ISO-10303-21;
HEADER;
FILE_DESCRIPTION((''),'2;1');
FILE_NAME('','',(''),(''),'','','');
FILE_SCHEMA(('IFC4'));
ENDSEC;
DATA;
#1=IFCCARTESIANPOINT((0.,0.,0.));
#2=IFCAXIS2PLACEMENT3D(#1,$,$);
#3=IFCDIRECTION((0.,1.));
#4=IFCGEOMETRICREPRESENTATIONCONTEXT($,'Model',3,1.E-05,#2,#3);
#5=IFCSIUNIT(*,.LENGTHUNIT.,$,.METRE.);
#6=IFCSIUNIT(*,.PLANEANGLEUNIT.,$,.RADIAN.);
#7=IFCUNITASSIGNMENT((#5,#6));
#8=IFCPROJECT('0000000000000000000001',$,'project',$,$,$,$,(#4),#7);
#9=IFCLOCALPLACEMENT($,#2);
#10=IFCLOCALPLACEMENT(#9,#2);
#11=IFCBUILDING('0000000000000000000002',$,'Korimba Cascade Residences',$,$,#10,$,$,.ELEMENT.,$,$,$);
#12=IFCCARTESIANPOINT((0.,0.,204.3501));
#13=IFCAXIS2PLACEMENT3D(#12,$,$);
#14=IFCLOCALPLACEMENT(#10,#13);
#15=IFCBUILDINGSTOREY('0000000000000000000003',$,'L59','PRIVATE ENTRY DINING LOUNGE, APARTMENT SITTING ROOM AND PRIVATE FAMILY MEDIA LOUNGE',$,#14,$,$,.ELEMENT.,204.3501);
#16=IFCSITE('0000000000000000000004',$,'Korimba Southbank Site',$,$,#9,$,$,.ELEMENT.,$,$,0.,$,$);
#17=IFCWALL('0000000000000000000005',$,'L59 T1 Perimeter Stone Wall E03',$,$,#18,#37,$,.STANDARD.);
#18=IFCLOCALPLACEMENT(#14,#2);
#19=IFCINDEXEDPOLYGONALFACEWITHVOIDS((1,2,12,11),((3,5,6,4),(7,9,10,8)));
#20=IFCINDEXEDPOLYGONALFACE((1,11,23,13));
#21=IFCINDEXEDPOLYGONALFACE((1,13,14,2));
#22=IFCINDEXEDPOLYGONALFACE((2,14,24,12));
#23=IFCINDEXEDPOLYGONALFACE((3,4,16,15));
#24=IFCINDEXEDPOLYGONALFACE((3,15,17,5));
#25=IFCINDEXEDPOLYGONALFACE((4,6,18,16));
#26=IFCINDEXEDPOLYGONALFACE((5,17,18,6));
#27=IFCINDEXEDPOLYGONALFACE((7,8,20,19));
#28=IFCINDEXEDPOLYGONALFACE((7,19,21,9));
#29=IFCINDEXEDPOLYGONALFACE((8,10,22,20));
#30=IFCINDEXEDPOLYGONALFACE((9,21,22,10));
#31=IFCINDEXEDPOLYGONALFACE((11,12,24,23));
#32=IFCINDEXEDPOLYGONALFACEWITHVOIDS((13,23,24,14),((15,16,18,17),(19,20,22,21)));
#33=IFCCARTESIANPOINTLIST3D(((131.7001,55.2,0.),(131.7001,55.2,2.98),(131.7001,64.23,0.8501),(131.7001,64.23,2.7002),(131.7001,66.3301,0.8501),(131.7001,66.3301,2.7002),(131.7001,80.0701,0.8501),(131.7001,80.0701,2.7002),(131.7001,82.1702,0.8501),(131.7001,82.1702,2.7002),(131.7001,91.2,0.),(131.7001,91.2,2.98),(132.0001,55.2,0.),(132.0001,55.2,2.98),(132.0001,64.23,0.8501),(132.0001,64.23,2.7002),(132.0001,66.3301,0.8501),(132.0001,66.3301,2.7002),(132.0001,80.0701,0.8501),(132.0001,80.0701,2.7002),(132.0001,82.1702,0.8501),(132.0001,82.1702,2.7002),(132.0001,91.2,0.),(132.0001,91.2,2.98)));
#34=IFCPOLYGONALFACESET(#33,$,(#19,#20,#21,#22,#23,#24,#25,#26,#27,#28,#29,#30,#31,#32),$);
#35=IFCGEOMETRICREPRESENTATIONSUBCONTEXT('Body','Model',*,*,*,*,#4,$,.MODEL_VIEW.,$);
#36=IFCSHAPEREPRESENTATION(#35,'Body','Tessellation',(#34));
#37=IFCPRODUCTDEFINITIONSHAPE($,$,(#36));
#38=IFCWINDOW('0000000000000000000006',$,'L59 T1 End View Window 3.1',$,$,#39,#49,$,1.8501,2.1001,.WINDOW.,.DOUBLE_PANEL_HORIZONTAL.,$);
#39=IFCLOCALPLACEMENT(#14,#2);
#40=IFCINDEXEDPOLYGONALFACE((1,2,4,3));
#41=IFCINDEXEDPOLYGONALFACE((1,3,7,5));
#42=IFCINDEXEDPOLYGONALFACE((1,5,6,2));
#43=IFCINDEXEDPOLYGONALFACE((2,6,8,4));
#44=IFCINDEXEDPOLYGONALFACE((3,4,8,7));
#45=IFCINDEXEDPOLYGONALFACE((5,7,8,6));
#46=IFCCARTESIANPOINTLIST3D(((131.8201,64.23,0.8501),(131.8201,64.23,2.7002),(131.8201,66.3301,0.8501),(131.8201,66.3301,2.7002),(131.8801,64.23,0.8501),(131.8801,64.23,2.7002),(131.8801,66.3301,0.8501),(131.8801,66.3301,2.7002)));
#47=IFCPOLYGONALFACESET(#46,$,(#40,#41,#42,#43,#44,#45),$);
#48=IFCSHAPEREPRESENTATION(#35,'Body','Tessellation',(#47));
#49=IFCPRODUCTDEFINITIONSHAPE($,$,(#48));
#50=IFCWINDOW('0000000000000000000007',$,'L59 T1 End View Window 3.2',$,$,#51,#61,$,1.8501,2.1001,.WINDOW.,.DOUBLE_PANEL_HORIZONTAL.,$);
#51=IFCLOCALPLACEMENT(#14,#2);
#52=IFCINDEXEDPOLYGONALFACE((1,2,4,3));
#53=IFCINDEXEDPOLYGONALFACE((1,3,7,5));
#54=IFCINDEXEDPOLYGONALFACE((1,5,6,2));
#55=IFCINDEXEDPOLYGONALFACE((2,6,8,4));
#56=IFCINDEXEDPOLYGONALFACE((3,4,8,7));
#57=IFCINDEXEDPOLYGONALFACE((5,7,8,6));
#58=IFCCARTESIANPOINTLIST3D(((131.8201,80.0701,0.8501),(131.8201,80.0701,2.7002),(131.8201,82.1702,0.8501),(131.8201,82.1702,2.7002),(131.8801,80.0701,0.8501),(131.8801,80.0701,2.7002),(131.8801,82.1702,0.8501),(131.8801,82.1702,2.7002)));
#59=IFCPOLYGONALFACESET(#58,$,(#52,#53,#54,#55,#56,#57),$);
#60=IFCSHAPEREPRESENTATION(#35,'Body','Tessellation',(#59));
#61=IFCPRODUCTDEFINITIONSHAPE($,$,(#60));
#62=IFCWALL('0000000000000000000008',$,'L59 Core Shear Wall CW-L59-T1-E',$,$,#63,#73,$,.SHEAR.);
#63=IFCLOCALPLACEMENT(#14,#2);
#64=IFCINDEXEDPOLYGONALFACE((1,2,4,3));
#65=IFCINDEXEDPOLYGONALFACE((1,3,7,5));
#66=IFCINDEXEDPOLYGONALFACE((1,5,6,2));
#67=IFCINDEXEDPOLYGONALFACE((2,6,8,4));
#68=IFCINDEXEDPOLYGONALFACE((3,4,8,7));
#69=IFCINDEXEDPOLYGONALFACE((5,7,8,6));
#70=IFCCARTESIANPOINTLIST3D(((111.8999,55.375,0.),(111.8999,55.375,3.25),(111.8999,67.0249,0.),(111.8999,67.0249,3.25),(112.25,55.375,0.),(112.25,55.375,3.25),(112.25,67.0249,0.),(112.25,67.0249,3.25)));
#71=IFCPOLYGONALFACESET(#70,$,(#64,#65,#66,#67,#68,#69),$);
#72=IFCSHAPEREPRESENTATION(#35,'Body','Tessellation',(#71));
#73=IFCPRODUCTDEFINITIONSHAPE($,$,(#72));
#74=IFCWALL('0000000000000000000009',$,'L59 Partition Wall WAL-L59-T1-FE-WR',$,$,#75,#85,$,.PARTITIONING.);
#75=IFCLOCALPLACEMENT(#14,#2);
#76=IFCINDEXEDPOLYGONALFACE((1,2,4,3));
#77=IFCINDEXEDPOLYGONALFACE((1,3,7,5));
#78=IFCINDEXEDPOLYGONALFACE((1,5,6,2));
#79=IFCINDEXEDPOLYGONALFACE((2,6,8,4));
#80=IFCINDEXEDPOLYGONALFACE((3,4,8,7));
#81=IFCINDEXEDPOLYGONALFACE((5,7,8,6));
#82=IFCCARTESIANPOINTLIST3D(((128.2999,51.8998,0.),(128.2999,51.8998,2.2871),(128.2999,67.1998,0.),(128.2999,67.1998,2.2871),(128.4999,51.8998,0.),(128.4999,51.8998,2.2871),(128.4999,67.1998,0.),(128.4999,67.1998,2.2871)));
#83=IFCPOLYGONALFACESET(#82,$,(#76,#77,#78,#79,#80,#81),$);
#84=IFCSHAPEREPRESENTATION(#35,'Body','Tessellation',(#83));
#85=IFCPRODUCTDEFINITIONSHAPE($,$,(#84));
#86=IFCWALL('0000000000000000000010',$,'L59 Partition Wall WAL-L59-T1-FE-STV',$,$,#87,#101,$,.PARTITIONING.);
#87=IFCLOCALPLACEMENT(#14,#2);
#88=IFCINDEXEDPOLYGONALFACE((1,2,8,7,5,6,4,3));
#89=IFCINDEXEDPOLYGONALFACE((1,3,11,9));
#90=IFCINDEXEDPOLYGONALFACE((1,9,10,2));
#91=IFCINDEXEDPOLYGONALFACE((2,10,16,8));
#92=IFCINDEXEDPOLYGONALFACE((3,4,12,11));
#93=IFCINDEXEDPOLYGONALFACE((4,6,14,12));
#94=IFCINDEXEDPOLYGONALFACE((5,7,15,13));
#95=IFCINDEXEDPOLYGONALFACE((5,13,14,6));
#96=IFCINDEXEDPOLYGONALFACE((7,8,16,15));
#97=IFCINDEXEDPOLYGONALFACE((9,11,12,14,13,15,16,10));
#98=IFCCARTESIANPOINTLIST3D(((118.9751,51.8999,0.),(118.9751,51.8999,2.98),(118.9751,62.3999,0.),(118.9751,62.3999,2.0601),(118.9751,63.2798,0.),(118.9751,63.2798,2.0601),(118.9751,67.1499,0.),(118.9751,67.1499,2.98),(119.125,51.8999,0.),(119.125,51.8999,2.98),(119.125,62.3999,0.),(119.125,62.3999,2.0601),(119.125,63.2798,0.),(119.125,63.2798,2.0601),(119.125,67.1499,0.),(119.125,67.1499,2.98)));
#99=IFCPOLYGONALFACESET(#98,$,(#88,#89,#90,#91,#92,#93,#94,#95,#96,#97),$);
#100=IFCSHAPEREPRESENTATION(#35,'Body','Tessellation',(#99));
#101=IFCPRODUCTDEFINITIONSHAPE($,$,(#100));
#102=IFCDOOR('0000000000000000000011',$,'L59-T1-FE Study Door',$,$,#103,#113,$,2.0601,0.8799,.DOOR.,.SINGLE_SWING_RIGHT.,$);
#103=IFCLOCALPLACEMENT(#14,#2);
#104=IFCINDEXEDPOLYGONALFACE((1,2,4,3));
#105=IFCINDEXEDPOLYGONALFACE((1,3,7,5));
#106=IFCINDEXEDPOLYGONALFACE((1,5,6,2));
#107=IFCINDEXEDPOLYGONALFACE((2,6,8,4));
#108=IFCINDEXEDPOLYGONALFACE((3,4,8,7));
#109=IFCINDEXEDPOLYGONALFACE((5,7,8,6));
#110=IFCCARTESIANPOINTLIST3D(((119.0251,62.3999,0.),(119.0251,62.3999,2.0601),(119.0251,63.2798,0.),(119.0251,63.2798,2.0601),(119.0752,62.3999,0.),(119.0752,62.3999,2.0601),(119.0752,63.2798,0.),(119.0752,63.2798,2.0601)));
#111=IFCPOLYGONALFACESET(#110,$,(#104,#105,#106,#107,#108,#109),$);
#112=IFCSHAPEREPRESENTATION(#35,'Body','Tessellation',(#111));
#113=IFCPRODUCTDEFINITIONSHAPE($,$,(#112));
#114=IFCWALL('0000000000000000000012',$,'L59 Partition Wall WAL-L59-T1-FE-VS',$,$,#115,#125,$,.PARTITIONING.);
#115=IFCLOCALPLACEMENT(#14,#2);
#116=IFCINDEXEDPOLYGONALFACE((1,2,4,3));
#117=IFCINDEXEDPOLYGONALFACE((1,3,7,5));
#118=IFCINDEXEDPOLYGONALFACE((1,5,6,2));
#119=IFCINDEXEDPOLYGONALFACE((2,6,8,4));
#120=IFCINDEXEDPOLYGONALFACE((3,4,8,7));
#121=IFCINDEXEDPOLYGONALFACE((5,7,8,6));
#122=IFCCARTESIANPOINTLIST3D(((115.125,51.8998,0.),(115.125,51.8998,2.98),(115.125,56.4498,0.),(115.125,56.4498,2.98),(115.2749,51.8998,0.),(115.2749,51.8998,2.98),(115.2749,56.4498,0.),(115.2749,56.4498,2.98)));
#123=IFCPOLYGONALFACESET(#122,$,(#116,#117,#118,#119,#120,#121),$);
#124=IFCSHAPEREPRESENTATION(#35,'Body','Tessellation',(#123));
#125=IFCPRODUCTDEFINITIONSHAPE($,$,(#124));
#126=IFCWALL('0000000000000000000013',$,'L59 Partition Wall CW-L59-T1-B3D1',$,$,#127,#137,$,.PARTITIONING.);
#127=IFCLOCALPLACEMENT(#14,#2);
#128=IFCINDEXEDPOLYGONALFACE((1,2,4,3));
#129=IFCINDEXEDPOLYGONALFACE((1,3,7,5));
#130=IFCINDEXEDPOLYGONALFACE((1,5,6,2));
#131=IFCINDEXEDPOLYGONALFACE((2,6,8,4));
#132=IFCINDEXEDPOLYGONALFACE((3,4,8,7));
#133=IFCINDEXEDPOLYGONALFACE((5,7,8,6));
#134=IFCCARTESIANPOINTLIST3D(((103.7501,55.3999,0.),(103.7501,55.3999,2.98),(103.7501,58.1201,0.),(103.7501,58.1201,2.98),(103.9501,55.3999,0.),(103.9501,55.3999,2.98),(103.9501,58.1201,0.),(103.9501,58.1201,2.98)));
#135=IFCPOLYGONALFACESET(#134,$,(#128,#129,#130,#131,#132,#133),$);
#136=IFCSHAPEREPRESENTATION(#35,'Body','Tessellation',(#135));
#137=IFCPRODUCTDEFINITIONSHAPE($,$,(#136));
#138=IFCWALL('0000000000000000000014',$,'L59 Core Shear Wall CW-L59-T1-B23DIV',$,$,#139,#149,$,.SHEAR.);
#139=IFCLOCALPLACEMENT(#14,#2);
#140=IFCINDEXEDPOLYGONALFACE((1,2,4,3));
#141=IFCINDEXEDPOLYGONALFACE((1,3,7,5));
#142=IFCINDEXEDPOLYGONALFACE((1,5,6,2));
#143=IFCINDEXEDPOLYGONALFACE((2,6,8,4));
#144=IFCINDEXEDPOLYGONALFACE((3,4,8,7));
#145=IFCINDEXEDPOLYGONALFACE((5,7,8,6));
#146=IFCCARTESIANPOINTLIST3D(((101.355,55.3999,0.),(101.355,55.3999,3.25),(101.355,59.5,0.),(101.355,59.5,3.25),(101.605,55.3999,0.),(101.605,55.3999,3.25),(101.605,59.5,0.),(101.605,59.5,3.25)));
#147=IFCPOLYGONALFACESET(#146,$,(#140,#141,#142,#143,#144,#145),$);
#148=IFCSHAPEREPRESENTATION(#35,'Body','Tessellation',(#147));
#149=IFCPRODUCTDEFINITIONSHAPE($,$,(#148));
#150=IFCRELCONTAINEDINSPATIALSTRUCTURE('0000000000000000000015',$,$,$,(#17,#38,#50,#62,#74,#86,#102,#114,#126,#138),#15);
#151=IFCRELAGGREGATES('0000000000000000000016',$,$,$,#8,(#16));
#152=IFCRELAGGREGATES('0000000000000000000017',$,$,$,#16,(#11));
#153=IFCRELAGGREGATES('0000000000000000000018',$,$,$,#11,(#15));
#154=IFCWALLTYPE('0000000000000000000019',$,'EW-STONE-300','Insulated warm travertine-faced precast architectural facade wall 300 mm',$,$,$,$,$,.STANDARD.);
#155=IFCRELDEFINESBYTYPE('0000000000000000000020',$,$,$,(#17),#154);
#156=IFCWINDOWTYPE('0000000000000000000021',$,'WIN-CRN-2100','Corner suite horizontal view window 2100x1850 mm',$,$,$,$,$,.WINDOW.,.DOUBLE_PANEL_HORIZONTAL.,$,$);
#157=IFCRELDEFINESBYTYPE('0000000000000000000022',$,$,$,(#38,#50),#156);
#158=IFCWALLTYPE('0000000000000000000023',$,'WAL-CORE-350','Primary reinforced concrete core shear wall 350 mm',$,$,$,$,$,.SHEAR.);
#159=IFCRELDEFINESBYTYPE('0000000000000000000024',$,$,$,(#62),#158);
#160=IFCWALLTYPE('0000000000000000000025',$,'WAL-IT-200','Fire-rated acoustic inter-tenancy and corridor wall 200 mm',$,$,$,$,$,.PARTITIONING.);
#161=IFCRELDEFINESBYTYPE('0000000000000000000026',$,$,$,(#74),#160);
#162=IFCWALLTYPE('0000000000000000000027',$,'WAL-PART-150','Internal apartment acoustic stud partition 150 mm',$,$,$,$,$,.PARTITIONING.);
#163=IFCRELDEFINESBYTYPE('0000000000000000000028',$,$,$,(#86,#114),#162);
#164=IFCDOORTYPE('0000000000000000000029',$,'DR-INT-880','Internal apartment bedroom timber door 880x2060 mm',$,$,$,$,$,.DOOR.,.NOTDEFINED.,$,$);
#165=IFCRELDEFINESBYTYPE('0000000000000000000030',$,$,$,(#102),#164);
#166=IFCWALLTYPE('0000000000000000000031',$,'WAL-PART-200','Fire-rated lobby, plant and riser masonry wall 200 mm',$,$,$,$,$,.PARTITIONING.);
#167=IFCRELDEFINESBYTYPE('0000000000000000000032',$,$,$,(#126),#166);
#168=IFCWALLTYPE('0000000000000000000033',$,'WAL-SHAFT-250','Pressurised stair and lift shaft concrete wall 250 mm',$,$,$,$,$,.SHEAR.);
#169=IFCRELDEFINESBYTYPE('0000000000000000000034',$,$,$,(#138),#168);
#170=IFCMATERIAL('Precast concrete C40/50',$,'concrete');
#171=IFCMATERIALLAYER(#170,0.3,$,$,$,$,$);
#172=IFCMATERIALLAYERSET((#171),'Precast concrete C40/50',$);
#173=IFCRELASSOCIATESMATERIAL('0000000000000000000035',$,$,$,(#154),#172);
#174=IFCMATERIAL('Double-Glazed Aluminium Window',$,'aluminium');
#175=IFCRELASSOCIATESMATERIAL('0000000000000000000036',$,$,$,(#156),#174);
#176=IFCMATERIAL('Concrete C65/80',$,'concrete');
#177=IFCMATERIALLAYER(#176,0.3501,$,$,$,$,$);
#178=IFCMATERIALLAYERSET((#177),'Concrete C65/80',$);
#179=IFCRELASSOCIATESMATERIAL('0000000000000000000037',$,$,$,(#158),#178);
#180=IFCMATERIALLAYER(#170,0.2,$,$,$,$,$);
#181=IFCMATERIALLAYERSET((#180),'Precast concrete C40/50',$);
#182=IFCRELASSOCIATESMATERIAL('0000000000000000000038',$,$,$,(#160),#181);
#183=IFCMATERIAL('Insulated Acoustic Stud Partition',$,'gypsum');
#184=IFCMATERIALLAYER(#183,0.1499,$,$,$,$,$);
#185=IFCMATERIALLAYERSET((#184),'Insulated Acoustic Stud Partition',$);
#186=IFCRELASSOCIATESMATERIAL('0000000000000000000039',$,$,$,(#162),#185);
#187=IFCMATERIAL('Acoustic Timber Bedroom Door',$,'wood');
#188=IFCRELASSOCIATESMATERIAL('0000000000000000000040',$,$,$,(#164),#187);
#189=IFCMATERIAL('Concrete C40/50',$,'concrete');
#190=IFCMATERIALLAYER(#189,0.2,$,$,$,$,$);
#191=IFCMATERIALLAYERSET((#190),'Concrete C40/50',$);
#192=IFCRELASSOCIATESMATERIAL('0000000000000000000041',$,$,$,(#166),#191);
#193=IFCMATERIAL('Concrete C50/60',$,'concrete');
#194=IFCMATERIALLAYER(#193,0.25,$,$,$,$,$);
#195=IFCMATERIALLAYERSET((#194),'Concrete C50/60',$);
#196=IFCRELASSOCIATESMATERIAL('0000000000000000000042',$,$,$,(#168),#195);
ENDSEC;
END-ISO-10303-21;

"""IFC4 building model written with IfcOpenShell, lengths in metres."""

from ifc_helpers import new_model, si_unit, direction, frame, frame_2d, origin, place, context, subcontext, project, spatial, rectangle, extrude, material, layer, layer_set, type_object, element, fill, save


model = new_model("IFC4")

# Units and contexts
model_context = context("Model", 3, precision=1e-05, world=origin(), true_north=direction((0.0, 1.0)))
body_context = subcontext(model_context, "Body", "Model", "MODEL_VIEW")
ifc_project = project(units=[si_unit("LENGTHUNIT", "METRE"), si_unit("PLANEANGLEUNIT", "RADIAN")], contexts=[model_context])

# Site, building, storey
site_placement = place(None, origin())
site = spatial("IfcSite", under=ifc_project, at=site_placement, Name="Korimba Southbank Site", CompositionType="ELEMENT", RefElevation=0.0)
building_placement = place(site_placement, origin())
building = spatial("IfcBuilding", under=site, at=building_placement, Name="Korimba Cascade Residences", CompositionType="ELEMENT")
storey_placement = place(building_placement, frame((0.0, 0.0, 204.3501)))
storey = spatial("IfcBuildingStorey", under=building, at=storey_placement, Name="L59", Description="PRIVATE ENTRY DINING LOUNGE, APARTMENT SITTING ROOM AND PRIVATE FAMILY MEDIA LOUNGE", CompositionType="ELEMENT", Elevation=204.3501)

# Shared definitions
ifc_material_1 = material(Name="Concrete C65/80", Category="concrete")
ifc_material_2 = material(Name="Concrete C50/60", Category="concrete")

# Shared definitions
ifc_material_3 = material(Name="Precast concrete C40/50", Category="concrete")
ifc_layer_1 = layer(ifc_material_3, 0.3)
ifc_layer_set_1 = layer_set([ifc_layer_1], Name="Precast concrete C40/50")
wall_type_1 = type_object("IfcWallType", Name="EW-STONE-300", Description="Insulated warm travertine-faced precast architectural facade wall 300 mm", PredefinedType="STANDARD", material=ifc_layer_set_1)

# Wall, openings, windows
wall_1_placement = place(storey_placement, frame((131.8501, 55.2, 0.0), z_axis=(0.0, 0.0, 1.0), x_axis=(0.0, 1.0, 0.0)))
wall_1 = element("IfcWall", 1, at=wall_1_placement, inside=storey, type_object=wall_type_1, Name="L59 T1 Perimeter Stone Wall E03", PredefinedType="STANDARD", context=body_context, shape_type="SweptSolid", body=[
    extrude(rectangle(XDim=36.0, YDim=0.3, at=frame_2d((18.0, 0.0))), origin(), (0.0, 0.0, 1.0), 2.98),
])
opening_1_placement = place(wall_1_placement, frame((9.03, 0.0, 0.8501)))
opening_1 = element("IfcOpeningElement", 2, at=opening_1_placement, cuts=wall_1, PredefinedType="OPENING", context=body_context, shape_type="SweptSolid", body=[
    extrude(rectangle(XDim=2.1001, YDim=1.8501, at=frame_2d((1.05, 0.925))), frame((0.0, 0.1602, 0.0), z_axis=(0.0, -1.0, 0.0), x_axis=(1.0, 0.0, 0.0)), (0.0, 0.0, 1.0), 0.3201),
])
opening_2_placement = place(wall_1_placement, frame((24.8701, 0.0, 0.8501)))
opening_2 = element("IfcOpeningElement", 3, at=opening_2_placement, cuts=wall_1, PredefinedType="OPENING", context=body_context, shape_type="SweptSolid", body=[
    extrude(rectangle(XDim=2.1001, YDim=1.8501, at=frame_2d((1.05, 0.925))), frame((0.0, 0.1602, 0.0), z_axis=(0.0, -1.0, 0.0), x_axis=(1.0, 0.0, 0.0)), (0.0, 0.0, 1.0), 0.3201),
])
ifc_material_4 = material(Name="Double-Glazed Aluminium Window", Category="aluminium")
window_type = type_object("IfcWindowType", Name="WIN-CRN-2100", Description="Corner suite horizontal view window 2100x1850 mm", PartitioningType="DOUBLE_PANEL_HORIZONTAL", PredefinedType="WINDOW", material=ifc_material_4)
window_1_placement = place(opening_1_placement, origin())
window_1 = element("IfcWindow", 4, at=window_1_placement, inside=storey, type_object=window_type, Name="L59 T1 End View Window 3.1", OverallHeight=1.8501, OverallWidth=2.1001, PartitioningType="DOUBLE_PANEL_HORIZONTAL", PredefinedType="WINDOW", context=body_context, shape_type="SweptSolid", body=[
    extrude(rectangle(XDim=2.1001, YDim=1.8501, at=frame_2d((1.05, 0.925))), frame((0.0, 0.03, 0.0), z_axis=(0.0, -1.0, 0.0), x_axis=(1.0, 0.0, 0.0)), (0.0, 0.0, 1.0), 0.0601),
])
fill(opening_1, window_1)
window_2_placement = place(opening_2_placement, origin())
window_2 = element("IfcWindow", 5, at=window_2_placement, inside=storey, type_object=window_type, Name="L59 T1 End View Window 3.2", OverallHeight=1.8501, OverallWidth=2.1001, PartitioningType="DOUBLE_PANEL_HORIZONTAL", PredefinedType="WINDOW", context=body_context, shape_type="SweptSolid", body=[
    extrude(rectangle(XDim=2.1001, YDim=1.8501, at=frame_2d((1.05, 0.925))), frame((0.0, 0.03, 0.0), z_axis=(0.0, -1.0, 0.0), x_axis=(1.0, 0.0, 0.0)), (0.0, 0.0, 1.0), 0.0601),
])
fill(opening_2, window_2)

# Walls
ifc_layer_2 = layer(ifc_material_1, 0.3501)
ifc_layer_set_2 = layer_set([ifc_layer_2], Name="Concrete C65/80")
wall_type_2 = type_object("IfcWallType", Name="WAL-CORE-350", Description="Primary reinforced concrete core shear wall 350 mm", PredefinedType="SHEAR", material=ifc_layer_set_2)
wall_2_placement = place(storey_placement, frame((112.075, 55.375, 0.0), z_axis=(0.0, 0.0, 1.0), x_axis=(0.0, 1.0, 0.0)))
element("IfcWall", 6, at=wall_2_placement, inside=storey, type_object=wall_type_2, Name="L59 Core Shear Wall CW-L59-T1-E", PredefinedType="SHEAR", context=body_context, shape_type="SweptSolid", body=[
    extrude(rectangle(XDim=11.6499, YDim=0.3501, at=frame_2d((5.825, 0.0))), origin(), (0.0, 0.0, 1.0), 3.25),
])
ifc_layer_3 = layer(ifc_material_3, 0.2)
ifc_layer_set_3 = layer_set([ifc_layer_3], Name="Precast concrete C40/50")
wall_type_3 = type_object("IfcWallType", Name="WAL-IT-200", Description="Fire-rated acoustic inter-tenancy and corridor wall 200 mm", PredefinedType="PARTITIONING", material=ifc_layer_set_3)
wall_3_placement = place(storey_placement, frame((128.3999, 51.8999, 0.0), z_axis=(0.0, 0.0, 1.0), x_axis=(0.0, 1.0, 0.0)))
element("IfcWall", 7, at=wall_3_placement, inside=storey, type_object=wall_type_3, Name="L59 Partition Wall WAL-L59-T1-FE-WR", PredefinedType="PARTITIONING", context=body_context, shape_type="SweptSolid", body=[
    extrude(rectangle(XDim=15.3, YDim=0.2, at=frame_2d((7.6499, 0.0))), origin(), (0.0, 0.0, 1.0), 2.2871),
])

# Wall, opening, door
ifc_material_5 = material(Name="Insulated Acoustic Stud Partition", Category="gypsum")
ifc_layer_4 = layer(ifc_material_5, 0.1499)
ifc_layer_set_4 = layer_set([ifc_layer_4], Name="Insulated Acoustic Stud Partition")
wall_type_4 = type_object("IfcWallType", Name="WAL-PART-150", Description="Internal apartment acoustic stud partition 150 mm", PredefinedType="PARTITIONING", material=ifc_layer_set_4)
wall_4_placement = place(storey_placement, frame((119.05, 51.8999, 0.0), z_axis=(0.0, 0.0, 1.0), x_axis=(0.0, 1.0, 0.0)))
wall_4 = element("IfcWall", 8, at=wall_4_placement, inside=storey, type_object=wall_type_4, Name="L59 Partition Wall WAL-L59-T1-FE-STV", PredefinedType="PARTITIONING", context=body_context, shape_type="SweptSolid", body=[
    extrude(rectangle(XDim=15.25, YDim=0.1499, at=frame_2d((7.625, 0.0))), origin(), (0.0, 0.0, 1.0), 2.98),
])
opening_3_placement = place(wall_4_placement, frame((10.5, 0.0, 0.0)))
opening_3 = element("IfcOpeningElement", 9, at=opening_3_placement, cuts=wall_4, PredefinedType="OPENING", context=body_context, shape_type="SweptSolid", body=[
    extrude(rectangle(XDim=0.8799, YDim=2.0601, at=frame_2d((0.4399, 1.03))), frame((0.0, 0.085, 0.0), z_axis=(0.0, -1.0, 0.0), x_axis=(1.0, 0.0, 0.0)), (0.0, 0.0, 1.0), 0.1699),
])
ifc_material_6 = material(Name="Acoustic Timber Bedroom Door", Category="wood")
door_type = type_object("IfcDoorType", Name="DR-INT-880", Description="Internal apartment bedroom timber door 880x2060 mm", OperationType="NOTDEFINED", PredefinedType="DOOR", material=ifc_material_6)
door_placement = place(opening_3_placement, origin())
door = element("IfcDoor", 10, at=door_placement, inside=storey, type_object=door_type, Name="L59-T1-FE Study Door", OperationType="SINGLE_SWING_RIGHT", OverallHeight=2.0601, OverallWidth=0.8799, PredefinedType="DOOR", context=body_context, shape_type="SweptSolid", body=[
    extrude(rectangle(XDim=0.8799, YDim=2.0601, at=frame_2d((0.4399, 1.03))), frame((0.0, 0.0249, 0.0), z_axis=(0.0, -1.0, 0.0), x_axis=(1.0, 0.0, 0.0)), (0.0, 0.0, 1.0), 0.05),
])
fill(opening_3, door)

# Walls
wall_5_placement = place(storey_placement, frame((115.2, 51.8999, 0.0), z_axis=(0.0, 0.0, 1.0), x_axis=(0.0, 1.0, 0.0)))
element("IfcWall", 11, at=wall_5_placement, inside=storey, type_object=wall_type_4, Name="L59 Partition Wall WAL-L59-T1-FE-VS", PredefinedType="PARTITIONING", context=body_context, shape_type="SweptSolid", body=[
    extrude(rectangle(XDim=4.55, YDim=0.1499, at=frame_2d((2.2749, 0.0))), origin(), (0.0, 0.0, 1.0), 2.98),
])
ifc_material_7 = material(Name="Concrete C40/50", Category="concrete")
ifc_layer_5 = layer(ifc_material_7, 0.2)
ifc_layer_set_5 = layer_set([ifc_layer_5], Name="Concrete C40/50")
wall_type_5 = type_object("IfcWallType", Name="WAL-PART-200", Description="Fire-rated lobby, plant and riser masonry wall 200 mm", PredefinedType="PARTITIONING", material=ifc_layer_set_5)
wall_6_placement = place(storey_placement, frame((103.8501, 55.3999, 0.0), z_axis=(0.0, 0.0, 1.0), x_axis=(0.0, 1.0, 0.0)))
element("IfcWall", 12, at=wall_6_placement, inside=storey, type_object=wall_type_5, Name="L59 Partition Wall CW-L59-T1-B3D1", PredefinedType="PARTITIONING", context=body_context, shape_type="SweptSolid", body=[
    extrude(rectangle(XDim=2.7202, YDim=0.2, at=frame_2d((1.3601, 0.0))), origin(), (0.0, 0.0, 1.0), 2.98),
])
ifc_layer_6 = layer(ifc_material_2, 0.25)
ifc_layer_set_6 = layer_set([ifc_layer_6], Name="Concrete C50/60")
wall_type_6 = type_object("IfcWallType", Name="WAL-SHAFT-250", Description="Pressurised stair and lift shaft concrete wall 250 mm", PredefinedType="SHEAR", material=ifc_layer_set_6)
wall_7_placement = place(storey_placement, frame((101.48, 55.3999, 0.0), z_axis=(0.0, 0.0, 1.0), x_axis=(0.0, 1.0, 0.0)))
element("IfcWall", 13, at=wall_7_placement, inside=storey, type_object=wall_type_6, Name="L59 Core Shear Wall CW-L59-T1-B23DIV", PredefinedType="SHEAR", context=body_context, shape_type="SweptSolid", body=[
    extrude(rectangle(XDim=4.1001, YDim=0.25, at=frame_2d((2.05, 0.0))), origin(), (0.0, 0.0, 1.0), 3.25),
])

save(model, "model.ifc")
